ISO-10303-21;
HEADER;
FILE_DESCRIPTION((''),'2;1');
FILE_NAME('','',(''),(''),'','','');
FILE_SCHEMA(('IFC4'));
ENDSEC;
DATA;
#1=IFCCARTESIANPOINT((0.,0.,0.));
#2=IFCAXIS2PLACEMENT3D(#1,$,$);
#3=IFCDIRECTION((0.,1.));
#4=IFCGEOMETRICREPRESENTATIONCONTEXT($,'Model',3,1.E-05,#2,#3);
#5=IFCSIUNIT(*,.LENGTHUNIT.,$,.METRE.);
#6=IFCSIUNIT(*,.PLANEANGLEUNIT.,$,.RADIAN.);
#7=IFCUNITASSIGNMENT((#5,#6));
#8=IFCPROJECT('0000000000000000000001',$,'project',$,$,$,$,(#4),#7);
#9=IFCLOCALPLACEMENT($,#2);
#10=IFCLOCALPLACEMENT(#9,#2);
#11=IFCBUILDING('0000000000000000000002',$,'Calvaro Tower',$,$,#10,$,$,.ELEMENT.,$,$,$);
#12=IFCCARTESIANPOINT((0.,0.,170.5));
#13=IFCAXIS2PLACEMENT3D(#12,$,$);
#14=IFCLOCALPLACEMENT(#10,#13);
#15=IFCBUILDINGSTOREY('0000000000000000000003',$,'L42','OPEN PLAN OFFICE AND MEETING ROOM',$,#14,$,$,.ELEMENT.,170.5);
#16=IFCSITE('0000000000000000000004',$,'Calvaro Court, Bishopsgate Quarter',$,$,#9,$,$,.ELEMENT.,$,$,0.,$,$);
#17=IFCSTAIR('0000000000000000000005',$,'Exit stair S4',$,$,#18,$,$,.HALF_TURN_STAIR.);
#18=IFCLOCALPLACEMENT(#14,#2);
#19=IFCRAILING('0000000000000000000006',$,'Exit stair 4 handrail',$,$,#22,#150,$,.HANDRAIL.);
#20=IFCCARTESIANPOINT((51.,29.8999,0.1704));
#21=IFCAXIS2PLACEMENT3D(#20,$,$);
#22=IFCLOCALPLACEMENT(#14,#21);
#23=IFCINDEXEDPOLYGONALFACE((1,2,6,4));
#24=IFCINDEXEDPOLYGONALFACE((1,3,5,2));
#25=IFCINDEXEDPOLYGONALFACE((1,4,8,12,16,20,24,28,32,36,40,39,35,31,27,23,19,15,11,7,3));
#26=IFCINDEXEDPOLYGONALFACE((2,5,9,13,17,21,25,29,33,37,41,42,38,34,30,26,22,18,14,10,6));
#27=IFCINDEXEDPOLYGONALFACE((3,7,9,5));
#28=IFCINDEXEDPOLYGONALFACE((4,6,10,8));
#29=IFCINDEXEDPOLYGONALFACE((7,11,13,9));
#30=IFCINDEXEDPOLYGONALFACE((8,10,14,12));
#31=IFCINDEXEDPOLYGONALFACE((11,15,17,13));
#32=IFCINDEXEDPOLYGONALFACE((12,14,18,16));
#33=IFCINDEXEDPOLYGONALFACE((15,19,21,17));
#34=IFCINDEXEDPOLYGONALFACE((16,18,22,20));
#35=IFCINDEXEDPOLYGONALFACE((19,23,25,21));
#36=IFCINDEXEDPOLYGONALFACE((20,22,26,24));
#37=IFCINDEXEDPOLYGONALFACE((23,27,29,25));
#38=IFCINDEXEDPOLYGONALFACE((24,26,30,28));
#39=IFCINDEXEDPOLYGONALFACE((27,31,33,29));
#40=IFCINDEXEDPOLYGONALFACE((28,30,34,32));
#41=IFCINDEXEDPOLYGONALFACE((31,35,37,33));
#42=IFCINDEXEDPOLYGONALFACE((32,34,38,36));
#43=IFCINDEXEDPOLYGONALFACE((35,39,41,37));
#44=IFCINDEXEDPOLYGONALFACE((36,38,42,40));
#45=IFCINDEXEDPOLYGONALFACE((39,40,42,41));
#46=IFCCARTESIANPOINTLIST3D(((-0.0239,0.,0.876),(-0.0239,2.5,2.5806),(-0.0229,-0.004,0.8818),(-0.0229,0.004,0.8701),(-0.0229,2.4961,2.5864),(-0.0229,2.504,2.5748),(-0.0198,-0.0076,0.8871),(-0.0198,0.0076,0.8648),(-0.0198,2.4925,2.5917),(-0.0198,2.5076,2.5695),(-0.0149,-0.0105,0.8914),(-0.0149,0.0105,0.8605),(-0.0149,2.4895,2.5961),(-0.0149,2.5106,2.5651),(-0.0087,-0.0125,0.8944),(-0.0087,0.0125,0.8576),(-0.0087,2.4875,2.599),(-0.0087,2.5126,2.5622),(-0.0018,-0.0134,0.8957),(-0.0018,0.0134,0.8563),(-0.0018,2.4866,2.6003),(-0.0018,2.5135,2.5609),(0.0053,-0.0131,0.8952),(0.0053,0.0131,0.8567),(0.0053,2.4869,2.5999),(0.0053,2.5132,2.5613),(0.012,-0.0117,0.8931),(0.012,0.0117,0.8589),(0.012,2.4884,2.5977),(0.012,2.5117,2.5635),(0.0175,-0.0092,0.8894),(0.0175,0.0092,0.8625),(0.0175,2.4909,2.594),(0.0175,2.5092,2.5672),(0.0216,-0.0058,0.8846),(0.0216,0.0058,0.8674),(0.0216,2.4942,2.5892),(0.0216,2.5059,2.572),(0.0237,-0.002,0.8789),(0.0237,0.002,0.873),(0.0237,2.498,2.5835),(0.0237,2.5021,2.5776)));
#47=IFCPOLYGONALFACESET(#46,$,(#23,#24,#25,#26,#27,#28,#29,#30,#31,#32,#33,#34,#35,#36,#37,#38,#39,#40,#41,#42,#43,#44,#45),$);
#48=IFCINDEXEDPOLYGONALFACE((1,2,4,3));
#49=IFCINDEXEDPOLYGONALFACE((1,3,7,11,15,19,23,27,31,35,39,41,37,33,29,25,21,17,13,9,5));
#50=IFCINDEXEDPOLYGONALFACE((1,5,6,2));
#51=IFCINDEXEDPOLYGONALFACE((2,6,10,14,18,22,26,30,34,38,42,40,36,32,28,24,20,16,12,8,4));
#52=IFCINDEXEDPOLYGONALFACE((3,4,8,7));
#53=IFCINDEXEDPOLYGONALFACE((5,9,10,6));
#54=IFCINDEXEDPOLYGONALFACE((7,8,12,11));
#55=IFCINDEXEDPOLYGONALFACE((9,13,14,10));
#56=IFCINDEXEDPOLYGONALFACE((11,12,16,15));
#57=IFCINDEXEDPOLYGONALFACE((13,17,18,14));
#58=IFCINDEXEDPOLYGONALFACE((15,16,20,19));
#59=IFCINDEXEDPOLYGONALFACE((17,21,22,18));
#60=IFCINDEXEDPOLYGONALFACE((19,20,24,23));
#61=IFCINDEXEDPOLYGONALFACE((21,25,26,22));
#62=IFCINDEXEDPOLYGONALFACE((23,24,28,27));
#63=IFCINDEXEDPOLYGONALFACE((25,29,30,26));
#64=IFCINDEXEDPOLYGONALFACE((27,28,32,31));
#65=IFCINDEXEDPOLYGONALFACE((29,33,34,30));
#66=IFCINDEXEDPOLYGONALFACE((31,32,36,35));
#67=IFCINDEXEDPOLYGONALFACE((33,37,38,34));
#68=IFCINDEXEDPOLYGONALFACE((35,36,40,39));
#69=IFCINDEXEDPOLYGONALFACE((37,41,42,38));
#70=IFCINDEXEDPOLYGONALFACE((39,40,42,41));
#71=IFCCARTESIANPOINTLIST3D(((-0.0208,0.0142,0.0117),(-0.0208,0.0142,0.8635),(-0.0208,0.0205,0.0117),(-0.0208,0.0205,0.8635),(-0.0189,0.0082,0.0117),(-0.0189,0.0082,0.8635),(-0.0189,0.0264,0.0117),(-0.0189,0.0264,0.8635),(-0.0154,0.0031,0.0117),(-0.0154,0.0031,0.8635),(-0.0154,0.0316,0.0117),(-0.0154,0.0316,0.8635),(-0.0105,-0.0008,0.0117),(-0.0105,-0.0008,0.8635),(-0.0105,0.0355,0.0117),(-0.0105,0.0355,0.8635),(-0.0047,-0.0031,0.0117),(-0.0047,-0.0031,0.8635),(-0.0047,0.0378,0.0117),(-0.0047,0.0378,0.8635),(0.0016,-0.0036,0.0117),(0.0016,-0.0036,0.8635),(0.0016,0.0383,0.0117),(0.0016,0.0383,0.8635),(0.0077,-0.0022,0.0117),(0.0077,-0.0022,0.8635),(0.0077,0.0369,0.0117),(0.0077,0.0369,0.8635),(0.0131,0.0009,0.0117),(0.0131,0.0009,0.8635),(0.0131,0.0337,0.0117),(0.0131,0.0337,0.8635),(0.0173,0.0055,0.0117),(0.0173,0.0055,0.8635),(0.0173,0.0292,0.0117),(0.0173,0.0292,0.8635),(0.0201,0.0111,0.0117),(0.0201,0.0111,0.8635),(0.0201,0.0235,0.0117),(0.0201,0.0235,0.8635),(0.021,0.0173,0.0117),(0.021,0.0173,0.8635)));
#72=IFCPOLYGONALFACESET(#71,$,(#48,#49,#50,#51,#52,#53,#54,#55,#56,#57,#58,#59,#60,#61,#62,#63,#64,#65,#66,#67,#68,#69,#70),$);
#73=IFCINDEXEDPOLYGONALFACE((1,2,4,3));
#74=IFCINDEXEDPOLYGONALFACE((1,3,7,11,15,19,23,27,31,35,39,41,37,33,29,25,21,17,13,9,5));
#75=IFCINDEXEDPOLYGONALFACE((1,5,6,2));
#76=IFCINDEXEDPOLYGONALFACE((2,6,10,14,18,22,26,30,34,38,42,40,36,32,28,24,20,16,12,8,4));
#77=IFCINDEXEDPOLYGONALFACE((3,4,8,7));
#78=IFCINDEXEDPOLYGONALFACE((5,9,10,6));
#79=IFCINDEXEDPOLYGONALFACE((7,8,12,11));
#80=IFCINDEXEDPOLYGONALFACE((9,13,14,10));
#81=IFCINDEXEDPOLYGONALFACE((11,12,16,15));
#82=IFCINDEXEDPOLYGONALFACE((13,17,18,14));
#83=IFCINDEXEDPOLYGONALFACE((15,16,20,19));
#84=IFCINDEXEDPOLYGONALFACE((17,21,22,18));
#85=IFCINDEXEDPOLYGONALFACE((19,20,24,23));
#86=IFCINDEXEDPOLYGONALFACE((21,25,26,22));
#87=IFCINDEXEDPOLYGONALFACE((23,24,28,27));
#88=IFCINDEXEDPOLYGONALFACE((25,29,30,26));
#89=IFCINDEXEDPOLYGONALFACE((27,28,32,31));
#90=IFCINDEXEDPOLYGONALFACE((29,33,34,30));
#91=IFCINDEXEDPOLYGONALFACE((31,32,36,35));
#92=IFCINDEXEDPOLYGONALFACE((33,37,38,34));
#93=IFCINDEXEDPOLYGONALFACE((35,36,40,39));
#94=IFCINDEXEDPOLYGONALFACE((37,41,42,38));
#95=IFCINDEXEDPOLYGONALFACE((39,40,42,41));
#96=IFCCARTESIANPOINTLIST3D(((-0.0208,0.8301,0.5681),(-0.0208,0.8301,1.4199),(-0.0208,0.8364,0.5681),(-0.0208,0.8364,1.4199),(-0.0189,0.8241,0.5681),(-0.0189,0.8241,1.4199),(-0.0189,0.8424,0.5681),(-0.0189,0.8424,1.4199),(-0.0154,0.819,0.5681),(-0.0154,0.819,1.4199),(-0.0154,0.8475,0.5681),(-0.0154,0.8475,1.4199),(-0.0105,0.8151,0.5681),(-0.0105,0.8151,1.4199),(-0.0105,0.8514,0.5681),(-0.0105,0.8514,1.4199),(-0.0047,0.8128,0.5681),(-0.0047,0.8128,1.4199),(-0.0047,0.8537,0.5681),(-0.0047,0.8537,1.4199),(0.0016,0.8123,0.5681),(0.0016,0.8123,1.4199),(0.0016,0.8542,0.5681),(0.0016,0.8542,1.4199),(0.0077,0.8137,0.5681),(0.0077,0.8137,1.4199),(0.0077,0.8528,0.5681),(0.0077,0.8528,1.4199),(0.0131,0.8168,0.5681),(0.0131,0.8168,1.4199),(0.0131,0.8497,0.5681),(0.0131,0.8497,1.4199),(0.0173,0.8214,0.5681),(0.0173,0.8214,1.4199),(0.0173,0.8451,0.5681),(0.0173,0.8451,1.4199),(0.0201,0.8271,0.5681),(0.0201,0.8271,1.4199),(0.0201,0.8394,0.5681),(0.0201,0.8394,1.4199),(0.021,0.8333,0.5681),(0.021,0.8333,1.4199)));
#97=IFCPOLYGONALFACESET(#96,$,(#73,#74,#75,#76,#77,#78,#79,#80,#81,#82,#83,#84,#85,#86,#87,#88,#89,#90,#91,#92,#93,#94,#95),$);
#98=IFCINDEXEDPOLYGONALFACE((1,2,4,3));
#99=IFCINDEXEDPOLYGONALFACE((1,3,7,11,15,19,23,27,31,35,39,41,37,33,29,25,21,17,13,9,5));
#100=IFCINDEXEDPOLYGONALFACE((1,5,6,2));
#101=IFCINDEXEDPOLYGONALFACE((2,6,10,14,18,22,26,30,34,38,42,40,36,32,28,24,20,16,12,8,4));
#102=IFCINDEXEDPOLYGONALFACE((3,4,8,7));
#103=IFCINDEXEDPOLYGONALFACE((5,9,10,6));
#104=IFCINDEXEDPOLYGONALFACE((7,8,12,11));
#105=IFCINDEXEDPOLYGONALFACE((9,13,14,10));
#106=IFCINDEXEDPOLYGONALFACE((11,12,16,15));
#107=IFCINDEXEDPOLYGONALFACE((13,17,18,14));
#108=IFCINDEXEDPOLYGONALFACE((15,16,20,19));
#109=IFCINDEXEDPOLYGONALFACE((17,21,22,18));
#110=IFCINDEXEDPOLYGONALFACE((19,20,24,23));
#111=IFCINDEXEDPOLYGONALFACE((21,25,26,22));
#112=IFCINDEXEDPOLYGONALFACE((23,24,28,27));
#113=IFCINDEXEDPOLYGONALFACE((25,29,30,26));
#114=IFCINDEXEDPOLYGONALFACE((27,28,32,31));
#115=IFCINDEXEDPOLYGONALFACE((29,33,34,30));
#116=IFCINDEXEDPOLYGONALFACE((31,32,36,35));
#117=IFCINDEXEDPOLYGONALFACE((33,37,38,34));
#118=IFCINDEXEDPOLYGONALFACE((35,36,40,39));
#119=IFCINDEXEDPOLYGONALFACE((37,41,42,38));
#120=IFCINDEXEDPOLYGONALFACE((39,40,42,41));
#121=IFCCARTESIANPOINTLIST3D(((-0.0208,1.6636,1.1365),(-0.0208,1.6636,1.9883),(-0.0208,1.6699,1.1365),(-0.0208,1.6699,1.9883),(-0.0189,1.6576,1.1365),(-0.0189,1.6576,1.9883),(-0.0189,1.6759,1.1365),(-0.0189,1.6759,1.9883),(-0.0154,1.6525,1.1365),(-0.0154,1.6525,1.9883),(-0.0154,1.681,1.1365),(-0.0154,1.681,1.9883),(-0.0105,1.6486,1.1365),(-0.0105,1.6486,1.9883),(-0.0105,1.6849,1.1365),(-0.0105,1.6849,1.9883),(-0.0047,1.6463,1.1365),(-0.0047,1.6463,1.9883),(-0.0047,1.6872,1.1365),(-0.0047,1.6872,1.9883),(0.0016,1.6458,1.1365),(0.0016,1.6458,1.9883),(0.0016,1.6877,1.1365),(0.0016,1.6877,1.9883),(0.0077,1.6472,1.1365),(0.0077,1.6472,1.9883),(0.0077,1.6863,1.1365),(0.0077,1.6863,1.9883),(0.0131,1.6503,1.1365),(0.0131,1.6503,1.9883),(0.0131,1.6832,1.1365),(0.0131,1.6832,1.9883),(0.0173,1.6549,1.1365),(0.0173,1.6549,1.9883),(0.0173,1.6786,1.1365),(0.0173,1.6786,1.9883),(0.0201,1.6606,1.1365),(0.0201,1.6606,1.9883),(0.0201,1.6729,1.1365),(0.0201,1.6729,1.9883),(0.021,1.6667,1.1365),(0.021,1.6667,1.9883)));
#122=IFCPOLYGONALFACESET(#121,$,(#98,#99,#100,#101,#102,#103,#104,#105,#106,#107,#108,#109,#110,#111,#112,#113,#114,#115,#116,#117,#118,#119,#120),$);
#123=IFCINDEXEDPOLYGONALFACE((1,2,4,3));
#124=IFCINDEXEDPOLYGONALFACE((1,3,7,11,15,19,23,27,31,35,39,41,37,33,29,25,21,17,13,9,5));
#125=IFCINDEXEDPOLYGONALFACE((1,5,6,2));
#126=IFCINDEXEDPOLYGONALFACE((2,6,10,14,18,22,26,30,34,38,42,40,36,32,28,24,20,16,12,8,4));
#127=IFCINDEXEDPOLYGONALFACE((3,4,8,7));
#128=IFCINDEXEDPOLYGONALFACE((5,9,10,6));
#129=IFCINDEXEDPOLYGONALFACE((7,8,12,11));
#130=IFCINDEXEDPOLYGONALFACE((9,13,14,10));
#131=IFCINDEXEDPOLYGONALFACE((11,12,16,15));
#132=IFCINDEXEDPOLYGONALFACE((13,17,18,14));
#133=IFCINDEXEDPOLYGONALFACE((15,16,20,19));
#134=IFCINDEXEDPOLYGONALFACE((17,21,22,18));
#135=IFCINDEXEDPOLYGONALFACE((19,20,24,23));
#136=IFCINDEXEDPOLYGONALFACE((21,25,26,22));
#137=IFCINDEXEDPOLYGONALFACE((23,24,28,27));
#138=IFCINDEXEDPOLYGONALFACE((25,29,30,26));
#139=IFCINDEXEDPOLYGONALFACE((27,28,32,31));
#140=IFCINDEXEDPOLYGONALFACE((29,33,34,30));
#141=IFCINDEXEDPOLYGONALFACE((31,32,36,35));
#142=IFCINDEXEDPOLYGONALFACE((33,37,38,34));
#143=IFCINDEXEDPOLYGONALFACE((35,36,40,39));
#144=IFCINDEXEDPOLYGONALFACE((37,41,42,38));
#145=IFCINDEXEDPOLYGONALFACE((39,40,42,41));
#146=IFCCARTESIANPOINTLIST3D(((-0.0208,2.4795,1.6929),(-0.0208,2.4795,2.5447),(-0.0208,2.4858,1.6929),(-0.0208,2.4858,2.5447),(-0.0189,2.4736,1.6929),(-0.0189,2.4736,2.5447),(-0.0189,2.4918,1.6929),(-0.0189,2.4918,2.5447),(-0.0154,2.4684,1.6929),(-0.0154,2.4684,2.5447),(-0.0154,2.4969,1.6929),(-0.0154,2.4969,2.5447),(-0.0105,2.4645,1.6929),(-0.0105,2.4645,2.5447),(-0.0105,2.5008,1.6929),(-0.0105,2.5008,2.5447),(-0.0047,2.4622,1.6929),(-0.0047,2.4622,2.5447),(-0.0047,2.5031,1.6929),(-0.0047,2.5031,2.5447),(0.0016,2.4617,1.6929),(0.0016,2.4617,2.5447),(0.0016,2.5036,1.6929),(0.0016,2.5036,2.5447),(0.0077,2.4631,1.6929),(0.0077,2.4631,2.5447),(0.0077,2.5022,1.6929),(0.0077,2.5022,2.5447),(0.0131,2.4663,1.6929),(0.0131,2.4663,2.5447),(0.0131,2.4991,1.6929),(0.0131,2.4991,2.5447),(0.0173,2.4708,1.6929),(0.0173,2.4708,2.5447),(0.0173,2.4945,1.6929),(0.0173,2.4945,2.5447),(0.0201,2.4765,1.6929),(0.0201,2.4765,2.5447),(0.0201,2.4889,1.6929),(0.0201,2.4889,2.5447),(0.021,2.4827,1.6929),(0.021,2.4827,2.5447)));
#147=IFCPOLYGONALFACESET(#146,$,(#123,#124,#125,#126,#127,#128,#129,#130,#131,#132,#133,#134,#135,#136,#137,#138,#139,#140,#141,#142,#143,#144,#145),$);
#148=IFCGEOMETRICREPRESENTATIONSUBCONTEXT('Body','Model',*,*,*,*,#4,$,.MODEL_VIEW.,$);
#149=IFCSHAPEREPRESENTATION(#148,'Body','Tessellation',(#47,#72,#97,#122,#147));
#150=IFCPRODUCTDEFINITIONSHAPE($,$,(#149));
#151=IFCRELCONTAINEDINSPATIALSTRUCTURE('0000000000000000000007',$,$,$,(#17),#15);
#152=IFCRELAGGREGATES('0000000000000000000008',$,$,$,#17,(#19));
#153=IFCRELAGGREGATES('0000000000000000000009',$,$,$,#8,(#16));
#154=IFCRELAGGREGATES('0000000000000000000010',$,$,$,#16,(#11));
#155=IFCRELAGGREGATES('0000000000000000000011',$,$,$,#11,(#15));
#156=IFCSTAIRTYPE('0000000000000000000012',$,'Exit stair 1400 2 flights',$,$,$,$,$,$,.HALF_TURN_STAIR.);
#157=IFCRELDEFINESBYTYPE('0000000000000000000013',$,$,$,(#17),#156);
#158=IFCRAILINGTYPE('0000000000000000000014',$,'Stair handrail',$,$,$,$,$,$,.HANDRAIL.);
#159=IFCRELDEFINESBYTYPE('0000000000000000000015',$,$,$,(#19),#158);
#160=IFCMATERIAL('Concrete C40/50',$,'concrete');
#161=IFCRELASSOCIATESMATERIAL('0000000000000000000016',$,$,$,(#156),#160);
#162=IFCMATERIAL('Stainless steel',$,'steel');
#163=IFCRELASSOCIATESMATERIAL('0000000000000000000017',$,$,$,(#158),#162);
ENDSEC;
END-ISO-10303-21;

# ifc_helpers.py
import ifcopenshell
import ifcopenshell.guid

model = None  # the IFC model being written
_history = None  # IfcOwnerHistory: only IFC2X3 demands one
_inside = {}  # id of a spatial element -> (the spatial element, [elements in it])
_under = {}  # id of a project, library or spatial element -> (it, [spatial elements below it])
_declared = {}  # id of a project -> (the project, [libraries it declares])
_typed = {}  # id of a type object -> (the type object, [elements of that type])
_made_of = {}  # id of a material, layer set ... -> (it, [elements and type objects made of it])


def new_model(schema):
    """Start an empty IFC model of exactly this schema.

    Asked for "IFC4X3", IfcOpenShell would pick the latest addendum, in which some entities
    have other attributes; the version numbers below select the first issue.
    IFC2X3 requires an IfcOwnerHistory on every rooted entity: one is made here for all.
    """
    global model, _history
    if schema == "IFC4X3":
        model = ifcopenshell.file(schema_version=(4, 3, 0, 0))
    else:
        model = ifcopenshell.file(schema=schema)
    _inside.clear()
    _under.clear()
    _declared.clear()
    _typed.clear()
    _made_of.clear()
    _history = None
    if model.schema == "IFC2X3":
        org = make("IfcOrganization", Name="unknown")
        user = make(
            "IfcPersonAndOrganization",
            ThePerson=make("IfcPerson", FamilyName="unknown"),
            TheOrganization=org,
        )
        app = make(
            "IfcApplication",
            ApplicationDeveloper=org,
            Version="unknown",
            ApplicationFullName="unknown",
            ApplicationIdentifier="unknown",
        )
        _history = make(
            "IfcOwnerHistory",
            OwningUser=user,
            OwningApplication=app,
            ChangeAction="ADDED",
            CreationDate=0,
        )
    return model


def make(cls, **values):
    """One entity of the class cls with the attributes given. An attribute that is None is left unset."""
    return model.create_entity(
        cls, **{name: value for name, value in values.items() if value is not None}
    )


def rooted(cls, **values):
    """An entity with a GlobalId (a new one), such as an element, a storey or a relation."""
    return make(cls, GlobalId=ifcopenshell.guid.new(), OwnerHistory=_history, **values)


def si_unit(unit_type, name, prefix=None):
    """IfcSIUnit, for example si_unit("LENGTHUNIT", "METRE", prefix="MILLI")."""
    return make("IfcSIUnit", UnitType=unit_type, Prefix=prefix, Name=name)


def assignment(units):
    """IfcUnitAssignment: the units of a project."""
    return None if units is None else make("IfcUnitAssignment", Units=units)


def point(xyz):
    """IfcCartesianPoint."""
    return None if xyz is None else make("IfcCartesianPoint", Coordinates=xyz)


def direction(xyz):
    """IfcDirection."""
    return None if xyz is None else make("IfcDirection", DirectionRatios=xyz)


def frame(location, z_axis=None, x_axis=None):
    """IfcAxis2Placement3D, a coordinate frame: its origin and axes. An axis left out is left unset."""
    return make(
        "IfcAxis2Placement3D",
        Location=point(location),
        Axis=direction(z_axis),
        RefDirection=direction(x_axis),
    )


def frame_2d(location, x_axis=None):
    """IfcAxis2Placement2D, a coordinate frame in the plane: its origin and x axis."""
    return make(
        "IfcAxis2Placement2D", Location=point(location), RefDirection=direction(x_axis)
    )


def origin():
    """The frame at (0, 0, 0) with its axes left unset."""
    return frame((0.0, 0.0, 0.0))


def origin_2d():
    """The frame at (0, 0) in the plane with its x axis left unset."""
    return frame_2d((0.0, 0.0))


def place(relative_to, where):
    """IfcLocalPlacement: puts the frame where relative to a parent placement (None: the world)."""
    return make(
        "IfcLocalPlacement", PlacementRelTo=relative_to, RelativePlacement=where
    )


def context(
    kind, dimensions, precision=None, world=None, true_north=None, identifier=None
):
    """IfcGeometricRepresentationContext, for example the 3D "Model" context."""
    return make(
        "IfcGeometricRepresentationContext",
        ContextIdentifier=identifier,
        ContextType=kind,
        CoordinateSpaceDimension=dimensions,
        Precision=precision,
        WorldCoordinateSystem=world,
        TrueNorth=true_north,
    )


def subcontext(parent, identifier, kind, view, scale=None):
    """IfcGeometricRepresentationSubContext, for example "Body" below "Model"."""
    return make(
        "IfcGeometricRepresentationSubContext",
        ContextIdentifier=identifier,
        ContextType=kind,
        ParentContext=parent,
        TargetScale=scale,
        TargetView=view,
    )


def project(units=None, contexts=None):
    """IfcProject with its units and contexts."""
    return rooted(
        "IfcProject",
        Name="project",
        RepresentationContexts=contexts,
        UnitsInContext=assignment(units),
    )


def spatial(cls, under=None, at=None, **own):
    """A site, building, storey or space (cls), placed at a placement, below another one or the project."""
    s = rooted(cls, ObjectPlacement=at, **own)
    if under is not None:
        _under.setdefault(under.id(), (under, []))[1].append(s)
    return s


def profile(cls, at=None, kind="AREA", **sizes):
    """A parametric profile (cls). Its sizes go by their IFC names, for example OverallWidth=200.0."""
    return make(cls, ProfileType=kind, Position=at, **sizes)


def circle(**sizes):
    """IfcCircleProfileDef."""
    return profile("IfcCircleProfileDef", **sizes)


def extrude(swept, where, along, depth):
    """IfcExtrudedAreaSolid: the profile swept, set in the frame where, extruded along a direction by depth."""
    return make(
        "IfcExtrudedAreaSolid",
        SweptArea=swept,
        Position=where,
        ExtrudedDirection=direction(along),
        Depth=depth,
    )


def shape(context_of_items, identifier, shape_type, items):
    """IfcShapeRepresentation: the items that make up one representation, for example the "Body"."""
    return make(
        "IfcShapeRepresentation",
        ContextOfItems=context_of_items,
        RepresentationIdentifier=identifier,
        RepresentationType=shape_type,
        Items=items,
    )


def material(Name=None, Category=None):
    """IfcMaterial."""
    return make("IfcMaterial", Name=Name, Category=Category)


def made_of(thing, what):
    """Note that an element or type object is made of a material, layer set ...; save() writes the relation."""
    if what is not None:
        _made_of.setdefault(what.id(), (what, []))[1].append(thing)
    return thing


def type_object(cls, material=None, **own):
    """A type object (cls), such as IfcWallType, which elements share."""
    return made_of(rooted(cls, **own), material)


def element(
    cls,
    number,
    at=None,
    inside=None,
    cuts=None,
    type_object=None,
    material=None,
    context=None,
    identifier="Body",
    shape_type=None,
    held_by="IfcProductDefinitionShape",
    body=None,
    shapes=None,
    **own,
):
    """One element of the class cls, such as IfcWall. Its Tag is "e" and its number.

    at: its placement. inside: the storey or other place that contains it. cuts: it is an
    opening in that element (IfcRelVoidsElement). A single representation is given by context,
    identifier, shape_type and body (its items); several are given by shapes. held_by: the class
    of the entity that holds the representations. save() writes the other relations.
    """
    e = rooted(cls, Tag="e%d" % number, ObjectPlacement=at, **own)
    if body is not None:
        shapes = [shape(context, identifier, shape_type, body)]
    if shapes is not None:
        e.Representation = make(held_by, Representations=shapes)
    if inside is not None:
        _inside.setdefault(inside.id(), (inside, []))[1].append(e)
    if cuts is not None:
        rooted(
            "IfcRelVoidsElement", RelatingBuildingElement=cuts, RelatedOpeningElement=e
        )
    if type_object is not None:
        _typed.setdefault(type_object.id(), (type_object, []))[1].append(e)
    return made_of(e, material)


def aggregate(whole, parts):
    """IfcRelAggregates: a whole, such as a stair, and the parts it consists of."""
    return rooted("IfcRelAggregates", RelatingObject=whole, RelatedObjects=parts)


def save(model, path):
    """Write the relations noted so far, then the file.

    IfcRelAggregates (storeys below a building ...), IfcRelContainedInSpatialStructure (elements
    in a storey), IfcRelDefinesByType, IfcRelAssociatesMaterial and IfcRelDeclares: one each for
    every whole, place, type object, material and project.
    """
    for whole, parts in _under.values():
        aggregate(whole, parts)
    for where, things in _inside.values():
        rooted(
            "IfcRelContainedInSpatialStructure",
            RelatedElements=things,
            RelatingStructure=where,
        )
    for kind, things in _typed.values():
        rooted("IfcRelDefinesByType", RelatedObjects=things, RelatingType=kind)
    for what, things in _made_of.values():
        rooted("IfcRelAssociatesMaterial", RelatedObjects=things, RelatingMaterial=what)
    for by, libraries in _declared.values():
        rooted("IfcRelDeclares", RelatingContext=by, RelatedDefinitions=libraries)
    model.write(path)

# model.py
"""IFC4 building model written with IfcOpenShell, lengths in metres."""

from ifc_helpers import new_model, si_unit, direction, frame, origin, origin_2d, place, context, subcontext, project, spatial, circle, extrude, material, type_object, element, aggregate, save


model = new_model("IFC4")

# Units and contexts
model_context = context("Model", 3, precision=1e-05, world=origin(), true_north=direction((0.0, 1.0)))
body_context = subcontext(model_context, "Body", "Model", "MODEL_VIEW")
ifc_project = project(units=[si_unit("LENGTHUNIT", "METRE"), si_unit("PLANEANGLEUNIT", "RADIAN")], contexts=[model_context])

# Site, building, storey
site_placement = place(None, origin())
site = spatial("IfcSite", under=ifc_project, at=site_placement, Name="Calvaro Court, Bishopsgate Quarter", CompositionType="ELEMENT", RefElevation=0.0)
building_placement = place(site_placement, origin())
building = spatial("IfcBuilding", under=site, at=building_placement, Name="Calvaro Tower", CompositionType="ELEMENT")
storey_placement = place(building_placement, frame((0.0, 0.0, 170.5)))
storey = spatial("IfcBuildingStorey", under=building, at=storey_placement, Name="L42", Description="OPEN PLAN OFFICE AND MEETING ROOM", CompositionType="ELEMENT", Elevation=170.5)

# Stair
ifc_material_1 = material(Name="Concrete C40/50", Category="concrete")
stair_type = type_object("IfcStairType", Name="Exit stair 1400 2 flights", PredefinedType="HALF_TURN_STAIR", material=ifc_material_1)
stair_1_placement = place(storey_placement, origin())
stair_1 = element("IfcStair", 1, at=stair_1_placement, inside=storey, type_object=stair_type, Name="Exit stair S4", PredefinedType="HALF_TURN_STAIR")

# Railing
ifc_material_2 = material(Name="Stainless steel", Category="steel")
railing_type = type_object("IfcRailingType", Name="Stair handrail", PredefinedType="HANDRAIL", material=ifc_material_2)
railing_1_placement = place(storey_placement, frame((51.0, 29.8999, 0.1704)))
railing_1 = element("IfcRailing", 2, at=railing_1_placement, type_object=railing_type, Name="Exit stair 4 handrail", PredefinedType="HANDRAIL", context=body_context, shape_type="SweptSolid", body=[
    extrude(circle(Radius=0.0239, at=origin_2d()), frame((0.0, 0.0, 0.876), z_axis=(0.0, 0.826221, 0.563347), x_axis=(-1.0, 0.0, 0.0)), (0.0, 0.0, 1.0), 3.0259),
    extrude(circle(Radius=0.021, at=origin_2d()), frame((0.0, 0.0173, 0.0117)), (0.0, 0.0, 1.0), 0.8518),
    extrude(circle(Radius=0.021, at=origin_2d()), frame((0.0, 0.8333, 0.5681)), (0.0, 0.0, 1.0), 0.8518),
    extrude(circle(Radius=0.021, at=origin_2d()), frame((0.0, 1.6667, 1.1365)), (0.0, 0.0, 1.0), 0.8518),
    extrude(circle(Radius=0.021, at=origin_2d()), frame((0.0, 2.4827, 1.6929)), (0.0, 0.0, 1.0), 0.8518),
])
aggregate(stair_1, [railing_1])

save(model, "model.ifc")
